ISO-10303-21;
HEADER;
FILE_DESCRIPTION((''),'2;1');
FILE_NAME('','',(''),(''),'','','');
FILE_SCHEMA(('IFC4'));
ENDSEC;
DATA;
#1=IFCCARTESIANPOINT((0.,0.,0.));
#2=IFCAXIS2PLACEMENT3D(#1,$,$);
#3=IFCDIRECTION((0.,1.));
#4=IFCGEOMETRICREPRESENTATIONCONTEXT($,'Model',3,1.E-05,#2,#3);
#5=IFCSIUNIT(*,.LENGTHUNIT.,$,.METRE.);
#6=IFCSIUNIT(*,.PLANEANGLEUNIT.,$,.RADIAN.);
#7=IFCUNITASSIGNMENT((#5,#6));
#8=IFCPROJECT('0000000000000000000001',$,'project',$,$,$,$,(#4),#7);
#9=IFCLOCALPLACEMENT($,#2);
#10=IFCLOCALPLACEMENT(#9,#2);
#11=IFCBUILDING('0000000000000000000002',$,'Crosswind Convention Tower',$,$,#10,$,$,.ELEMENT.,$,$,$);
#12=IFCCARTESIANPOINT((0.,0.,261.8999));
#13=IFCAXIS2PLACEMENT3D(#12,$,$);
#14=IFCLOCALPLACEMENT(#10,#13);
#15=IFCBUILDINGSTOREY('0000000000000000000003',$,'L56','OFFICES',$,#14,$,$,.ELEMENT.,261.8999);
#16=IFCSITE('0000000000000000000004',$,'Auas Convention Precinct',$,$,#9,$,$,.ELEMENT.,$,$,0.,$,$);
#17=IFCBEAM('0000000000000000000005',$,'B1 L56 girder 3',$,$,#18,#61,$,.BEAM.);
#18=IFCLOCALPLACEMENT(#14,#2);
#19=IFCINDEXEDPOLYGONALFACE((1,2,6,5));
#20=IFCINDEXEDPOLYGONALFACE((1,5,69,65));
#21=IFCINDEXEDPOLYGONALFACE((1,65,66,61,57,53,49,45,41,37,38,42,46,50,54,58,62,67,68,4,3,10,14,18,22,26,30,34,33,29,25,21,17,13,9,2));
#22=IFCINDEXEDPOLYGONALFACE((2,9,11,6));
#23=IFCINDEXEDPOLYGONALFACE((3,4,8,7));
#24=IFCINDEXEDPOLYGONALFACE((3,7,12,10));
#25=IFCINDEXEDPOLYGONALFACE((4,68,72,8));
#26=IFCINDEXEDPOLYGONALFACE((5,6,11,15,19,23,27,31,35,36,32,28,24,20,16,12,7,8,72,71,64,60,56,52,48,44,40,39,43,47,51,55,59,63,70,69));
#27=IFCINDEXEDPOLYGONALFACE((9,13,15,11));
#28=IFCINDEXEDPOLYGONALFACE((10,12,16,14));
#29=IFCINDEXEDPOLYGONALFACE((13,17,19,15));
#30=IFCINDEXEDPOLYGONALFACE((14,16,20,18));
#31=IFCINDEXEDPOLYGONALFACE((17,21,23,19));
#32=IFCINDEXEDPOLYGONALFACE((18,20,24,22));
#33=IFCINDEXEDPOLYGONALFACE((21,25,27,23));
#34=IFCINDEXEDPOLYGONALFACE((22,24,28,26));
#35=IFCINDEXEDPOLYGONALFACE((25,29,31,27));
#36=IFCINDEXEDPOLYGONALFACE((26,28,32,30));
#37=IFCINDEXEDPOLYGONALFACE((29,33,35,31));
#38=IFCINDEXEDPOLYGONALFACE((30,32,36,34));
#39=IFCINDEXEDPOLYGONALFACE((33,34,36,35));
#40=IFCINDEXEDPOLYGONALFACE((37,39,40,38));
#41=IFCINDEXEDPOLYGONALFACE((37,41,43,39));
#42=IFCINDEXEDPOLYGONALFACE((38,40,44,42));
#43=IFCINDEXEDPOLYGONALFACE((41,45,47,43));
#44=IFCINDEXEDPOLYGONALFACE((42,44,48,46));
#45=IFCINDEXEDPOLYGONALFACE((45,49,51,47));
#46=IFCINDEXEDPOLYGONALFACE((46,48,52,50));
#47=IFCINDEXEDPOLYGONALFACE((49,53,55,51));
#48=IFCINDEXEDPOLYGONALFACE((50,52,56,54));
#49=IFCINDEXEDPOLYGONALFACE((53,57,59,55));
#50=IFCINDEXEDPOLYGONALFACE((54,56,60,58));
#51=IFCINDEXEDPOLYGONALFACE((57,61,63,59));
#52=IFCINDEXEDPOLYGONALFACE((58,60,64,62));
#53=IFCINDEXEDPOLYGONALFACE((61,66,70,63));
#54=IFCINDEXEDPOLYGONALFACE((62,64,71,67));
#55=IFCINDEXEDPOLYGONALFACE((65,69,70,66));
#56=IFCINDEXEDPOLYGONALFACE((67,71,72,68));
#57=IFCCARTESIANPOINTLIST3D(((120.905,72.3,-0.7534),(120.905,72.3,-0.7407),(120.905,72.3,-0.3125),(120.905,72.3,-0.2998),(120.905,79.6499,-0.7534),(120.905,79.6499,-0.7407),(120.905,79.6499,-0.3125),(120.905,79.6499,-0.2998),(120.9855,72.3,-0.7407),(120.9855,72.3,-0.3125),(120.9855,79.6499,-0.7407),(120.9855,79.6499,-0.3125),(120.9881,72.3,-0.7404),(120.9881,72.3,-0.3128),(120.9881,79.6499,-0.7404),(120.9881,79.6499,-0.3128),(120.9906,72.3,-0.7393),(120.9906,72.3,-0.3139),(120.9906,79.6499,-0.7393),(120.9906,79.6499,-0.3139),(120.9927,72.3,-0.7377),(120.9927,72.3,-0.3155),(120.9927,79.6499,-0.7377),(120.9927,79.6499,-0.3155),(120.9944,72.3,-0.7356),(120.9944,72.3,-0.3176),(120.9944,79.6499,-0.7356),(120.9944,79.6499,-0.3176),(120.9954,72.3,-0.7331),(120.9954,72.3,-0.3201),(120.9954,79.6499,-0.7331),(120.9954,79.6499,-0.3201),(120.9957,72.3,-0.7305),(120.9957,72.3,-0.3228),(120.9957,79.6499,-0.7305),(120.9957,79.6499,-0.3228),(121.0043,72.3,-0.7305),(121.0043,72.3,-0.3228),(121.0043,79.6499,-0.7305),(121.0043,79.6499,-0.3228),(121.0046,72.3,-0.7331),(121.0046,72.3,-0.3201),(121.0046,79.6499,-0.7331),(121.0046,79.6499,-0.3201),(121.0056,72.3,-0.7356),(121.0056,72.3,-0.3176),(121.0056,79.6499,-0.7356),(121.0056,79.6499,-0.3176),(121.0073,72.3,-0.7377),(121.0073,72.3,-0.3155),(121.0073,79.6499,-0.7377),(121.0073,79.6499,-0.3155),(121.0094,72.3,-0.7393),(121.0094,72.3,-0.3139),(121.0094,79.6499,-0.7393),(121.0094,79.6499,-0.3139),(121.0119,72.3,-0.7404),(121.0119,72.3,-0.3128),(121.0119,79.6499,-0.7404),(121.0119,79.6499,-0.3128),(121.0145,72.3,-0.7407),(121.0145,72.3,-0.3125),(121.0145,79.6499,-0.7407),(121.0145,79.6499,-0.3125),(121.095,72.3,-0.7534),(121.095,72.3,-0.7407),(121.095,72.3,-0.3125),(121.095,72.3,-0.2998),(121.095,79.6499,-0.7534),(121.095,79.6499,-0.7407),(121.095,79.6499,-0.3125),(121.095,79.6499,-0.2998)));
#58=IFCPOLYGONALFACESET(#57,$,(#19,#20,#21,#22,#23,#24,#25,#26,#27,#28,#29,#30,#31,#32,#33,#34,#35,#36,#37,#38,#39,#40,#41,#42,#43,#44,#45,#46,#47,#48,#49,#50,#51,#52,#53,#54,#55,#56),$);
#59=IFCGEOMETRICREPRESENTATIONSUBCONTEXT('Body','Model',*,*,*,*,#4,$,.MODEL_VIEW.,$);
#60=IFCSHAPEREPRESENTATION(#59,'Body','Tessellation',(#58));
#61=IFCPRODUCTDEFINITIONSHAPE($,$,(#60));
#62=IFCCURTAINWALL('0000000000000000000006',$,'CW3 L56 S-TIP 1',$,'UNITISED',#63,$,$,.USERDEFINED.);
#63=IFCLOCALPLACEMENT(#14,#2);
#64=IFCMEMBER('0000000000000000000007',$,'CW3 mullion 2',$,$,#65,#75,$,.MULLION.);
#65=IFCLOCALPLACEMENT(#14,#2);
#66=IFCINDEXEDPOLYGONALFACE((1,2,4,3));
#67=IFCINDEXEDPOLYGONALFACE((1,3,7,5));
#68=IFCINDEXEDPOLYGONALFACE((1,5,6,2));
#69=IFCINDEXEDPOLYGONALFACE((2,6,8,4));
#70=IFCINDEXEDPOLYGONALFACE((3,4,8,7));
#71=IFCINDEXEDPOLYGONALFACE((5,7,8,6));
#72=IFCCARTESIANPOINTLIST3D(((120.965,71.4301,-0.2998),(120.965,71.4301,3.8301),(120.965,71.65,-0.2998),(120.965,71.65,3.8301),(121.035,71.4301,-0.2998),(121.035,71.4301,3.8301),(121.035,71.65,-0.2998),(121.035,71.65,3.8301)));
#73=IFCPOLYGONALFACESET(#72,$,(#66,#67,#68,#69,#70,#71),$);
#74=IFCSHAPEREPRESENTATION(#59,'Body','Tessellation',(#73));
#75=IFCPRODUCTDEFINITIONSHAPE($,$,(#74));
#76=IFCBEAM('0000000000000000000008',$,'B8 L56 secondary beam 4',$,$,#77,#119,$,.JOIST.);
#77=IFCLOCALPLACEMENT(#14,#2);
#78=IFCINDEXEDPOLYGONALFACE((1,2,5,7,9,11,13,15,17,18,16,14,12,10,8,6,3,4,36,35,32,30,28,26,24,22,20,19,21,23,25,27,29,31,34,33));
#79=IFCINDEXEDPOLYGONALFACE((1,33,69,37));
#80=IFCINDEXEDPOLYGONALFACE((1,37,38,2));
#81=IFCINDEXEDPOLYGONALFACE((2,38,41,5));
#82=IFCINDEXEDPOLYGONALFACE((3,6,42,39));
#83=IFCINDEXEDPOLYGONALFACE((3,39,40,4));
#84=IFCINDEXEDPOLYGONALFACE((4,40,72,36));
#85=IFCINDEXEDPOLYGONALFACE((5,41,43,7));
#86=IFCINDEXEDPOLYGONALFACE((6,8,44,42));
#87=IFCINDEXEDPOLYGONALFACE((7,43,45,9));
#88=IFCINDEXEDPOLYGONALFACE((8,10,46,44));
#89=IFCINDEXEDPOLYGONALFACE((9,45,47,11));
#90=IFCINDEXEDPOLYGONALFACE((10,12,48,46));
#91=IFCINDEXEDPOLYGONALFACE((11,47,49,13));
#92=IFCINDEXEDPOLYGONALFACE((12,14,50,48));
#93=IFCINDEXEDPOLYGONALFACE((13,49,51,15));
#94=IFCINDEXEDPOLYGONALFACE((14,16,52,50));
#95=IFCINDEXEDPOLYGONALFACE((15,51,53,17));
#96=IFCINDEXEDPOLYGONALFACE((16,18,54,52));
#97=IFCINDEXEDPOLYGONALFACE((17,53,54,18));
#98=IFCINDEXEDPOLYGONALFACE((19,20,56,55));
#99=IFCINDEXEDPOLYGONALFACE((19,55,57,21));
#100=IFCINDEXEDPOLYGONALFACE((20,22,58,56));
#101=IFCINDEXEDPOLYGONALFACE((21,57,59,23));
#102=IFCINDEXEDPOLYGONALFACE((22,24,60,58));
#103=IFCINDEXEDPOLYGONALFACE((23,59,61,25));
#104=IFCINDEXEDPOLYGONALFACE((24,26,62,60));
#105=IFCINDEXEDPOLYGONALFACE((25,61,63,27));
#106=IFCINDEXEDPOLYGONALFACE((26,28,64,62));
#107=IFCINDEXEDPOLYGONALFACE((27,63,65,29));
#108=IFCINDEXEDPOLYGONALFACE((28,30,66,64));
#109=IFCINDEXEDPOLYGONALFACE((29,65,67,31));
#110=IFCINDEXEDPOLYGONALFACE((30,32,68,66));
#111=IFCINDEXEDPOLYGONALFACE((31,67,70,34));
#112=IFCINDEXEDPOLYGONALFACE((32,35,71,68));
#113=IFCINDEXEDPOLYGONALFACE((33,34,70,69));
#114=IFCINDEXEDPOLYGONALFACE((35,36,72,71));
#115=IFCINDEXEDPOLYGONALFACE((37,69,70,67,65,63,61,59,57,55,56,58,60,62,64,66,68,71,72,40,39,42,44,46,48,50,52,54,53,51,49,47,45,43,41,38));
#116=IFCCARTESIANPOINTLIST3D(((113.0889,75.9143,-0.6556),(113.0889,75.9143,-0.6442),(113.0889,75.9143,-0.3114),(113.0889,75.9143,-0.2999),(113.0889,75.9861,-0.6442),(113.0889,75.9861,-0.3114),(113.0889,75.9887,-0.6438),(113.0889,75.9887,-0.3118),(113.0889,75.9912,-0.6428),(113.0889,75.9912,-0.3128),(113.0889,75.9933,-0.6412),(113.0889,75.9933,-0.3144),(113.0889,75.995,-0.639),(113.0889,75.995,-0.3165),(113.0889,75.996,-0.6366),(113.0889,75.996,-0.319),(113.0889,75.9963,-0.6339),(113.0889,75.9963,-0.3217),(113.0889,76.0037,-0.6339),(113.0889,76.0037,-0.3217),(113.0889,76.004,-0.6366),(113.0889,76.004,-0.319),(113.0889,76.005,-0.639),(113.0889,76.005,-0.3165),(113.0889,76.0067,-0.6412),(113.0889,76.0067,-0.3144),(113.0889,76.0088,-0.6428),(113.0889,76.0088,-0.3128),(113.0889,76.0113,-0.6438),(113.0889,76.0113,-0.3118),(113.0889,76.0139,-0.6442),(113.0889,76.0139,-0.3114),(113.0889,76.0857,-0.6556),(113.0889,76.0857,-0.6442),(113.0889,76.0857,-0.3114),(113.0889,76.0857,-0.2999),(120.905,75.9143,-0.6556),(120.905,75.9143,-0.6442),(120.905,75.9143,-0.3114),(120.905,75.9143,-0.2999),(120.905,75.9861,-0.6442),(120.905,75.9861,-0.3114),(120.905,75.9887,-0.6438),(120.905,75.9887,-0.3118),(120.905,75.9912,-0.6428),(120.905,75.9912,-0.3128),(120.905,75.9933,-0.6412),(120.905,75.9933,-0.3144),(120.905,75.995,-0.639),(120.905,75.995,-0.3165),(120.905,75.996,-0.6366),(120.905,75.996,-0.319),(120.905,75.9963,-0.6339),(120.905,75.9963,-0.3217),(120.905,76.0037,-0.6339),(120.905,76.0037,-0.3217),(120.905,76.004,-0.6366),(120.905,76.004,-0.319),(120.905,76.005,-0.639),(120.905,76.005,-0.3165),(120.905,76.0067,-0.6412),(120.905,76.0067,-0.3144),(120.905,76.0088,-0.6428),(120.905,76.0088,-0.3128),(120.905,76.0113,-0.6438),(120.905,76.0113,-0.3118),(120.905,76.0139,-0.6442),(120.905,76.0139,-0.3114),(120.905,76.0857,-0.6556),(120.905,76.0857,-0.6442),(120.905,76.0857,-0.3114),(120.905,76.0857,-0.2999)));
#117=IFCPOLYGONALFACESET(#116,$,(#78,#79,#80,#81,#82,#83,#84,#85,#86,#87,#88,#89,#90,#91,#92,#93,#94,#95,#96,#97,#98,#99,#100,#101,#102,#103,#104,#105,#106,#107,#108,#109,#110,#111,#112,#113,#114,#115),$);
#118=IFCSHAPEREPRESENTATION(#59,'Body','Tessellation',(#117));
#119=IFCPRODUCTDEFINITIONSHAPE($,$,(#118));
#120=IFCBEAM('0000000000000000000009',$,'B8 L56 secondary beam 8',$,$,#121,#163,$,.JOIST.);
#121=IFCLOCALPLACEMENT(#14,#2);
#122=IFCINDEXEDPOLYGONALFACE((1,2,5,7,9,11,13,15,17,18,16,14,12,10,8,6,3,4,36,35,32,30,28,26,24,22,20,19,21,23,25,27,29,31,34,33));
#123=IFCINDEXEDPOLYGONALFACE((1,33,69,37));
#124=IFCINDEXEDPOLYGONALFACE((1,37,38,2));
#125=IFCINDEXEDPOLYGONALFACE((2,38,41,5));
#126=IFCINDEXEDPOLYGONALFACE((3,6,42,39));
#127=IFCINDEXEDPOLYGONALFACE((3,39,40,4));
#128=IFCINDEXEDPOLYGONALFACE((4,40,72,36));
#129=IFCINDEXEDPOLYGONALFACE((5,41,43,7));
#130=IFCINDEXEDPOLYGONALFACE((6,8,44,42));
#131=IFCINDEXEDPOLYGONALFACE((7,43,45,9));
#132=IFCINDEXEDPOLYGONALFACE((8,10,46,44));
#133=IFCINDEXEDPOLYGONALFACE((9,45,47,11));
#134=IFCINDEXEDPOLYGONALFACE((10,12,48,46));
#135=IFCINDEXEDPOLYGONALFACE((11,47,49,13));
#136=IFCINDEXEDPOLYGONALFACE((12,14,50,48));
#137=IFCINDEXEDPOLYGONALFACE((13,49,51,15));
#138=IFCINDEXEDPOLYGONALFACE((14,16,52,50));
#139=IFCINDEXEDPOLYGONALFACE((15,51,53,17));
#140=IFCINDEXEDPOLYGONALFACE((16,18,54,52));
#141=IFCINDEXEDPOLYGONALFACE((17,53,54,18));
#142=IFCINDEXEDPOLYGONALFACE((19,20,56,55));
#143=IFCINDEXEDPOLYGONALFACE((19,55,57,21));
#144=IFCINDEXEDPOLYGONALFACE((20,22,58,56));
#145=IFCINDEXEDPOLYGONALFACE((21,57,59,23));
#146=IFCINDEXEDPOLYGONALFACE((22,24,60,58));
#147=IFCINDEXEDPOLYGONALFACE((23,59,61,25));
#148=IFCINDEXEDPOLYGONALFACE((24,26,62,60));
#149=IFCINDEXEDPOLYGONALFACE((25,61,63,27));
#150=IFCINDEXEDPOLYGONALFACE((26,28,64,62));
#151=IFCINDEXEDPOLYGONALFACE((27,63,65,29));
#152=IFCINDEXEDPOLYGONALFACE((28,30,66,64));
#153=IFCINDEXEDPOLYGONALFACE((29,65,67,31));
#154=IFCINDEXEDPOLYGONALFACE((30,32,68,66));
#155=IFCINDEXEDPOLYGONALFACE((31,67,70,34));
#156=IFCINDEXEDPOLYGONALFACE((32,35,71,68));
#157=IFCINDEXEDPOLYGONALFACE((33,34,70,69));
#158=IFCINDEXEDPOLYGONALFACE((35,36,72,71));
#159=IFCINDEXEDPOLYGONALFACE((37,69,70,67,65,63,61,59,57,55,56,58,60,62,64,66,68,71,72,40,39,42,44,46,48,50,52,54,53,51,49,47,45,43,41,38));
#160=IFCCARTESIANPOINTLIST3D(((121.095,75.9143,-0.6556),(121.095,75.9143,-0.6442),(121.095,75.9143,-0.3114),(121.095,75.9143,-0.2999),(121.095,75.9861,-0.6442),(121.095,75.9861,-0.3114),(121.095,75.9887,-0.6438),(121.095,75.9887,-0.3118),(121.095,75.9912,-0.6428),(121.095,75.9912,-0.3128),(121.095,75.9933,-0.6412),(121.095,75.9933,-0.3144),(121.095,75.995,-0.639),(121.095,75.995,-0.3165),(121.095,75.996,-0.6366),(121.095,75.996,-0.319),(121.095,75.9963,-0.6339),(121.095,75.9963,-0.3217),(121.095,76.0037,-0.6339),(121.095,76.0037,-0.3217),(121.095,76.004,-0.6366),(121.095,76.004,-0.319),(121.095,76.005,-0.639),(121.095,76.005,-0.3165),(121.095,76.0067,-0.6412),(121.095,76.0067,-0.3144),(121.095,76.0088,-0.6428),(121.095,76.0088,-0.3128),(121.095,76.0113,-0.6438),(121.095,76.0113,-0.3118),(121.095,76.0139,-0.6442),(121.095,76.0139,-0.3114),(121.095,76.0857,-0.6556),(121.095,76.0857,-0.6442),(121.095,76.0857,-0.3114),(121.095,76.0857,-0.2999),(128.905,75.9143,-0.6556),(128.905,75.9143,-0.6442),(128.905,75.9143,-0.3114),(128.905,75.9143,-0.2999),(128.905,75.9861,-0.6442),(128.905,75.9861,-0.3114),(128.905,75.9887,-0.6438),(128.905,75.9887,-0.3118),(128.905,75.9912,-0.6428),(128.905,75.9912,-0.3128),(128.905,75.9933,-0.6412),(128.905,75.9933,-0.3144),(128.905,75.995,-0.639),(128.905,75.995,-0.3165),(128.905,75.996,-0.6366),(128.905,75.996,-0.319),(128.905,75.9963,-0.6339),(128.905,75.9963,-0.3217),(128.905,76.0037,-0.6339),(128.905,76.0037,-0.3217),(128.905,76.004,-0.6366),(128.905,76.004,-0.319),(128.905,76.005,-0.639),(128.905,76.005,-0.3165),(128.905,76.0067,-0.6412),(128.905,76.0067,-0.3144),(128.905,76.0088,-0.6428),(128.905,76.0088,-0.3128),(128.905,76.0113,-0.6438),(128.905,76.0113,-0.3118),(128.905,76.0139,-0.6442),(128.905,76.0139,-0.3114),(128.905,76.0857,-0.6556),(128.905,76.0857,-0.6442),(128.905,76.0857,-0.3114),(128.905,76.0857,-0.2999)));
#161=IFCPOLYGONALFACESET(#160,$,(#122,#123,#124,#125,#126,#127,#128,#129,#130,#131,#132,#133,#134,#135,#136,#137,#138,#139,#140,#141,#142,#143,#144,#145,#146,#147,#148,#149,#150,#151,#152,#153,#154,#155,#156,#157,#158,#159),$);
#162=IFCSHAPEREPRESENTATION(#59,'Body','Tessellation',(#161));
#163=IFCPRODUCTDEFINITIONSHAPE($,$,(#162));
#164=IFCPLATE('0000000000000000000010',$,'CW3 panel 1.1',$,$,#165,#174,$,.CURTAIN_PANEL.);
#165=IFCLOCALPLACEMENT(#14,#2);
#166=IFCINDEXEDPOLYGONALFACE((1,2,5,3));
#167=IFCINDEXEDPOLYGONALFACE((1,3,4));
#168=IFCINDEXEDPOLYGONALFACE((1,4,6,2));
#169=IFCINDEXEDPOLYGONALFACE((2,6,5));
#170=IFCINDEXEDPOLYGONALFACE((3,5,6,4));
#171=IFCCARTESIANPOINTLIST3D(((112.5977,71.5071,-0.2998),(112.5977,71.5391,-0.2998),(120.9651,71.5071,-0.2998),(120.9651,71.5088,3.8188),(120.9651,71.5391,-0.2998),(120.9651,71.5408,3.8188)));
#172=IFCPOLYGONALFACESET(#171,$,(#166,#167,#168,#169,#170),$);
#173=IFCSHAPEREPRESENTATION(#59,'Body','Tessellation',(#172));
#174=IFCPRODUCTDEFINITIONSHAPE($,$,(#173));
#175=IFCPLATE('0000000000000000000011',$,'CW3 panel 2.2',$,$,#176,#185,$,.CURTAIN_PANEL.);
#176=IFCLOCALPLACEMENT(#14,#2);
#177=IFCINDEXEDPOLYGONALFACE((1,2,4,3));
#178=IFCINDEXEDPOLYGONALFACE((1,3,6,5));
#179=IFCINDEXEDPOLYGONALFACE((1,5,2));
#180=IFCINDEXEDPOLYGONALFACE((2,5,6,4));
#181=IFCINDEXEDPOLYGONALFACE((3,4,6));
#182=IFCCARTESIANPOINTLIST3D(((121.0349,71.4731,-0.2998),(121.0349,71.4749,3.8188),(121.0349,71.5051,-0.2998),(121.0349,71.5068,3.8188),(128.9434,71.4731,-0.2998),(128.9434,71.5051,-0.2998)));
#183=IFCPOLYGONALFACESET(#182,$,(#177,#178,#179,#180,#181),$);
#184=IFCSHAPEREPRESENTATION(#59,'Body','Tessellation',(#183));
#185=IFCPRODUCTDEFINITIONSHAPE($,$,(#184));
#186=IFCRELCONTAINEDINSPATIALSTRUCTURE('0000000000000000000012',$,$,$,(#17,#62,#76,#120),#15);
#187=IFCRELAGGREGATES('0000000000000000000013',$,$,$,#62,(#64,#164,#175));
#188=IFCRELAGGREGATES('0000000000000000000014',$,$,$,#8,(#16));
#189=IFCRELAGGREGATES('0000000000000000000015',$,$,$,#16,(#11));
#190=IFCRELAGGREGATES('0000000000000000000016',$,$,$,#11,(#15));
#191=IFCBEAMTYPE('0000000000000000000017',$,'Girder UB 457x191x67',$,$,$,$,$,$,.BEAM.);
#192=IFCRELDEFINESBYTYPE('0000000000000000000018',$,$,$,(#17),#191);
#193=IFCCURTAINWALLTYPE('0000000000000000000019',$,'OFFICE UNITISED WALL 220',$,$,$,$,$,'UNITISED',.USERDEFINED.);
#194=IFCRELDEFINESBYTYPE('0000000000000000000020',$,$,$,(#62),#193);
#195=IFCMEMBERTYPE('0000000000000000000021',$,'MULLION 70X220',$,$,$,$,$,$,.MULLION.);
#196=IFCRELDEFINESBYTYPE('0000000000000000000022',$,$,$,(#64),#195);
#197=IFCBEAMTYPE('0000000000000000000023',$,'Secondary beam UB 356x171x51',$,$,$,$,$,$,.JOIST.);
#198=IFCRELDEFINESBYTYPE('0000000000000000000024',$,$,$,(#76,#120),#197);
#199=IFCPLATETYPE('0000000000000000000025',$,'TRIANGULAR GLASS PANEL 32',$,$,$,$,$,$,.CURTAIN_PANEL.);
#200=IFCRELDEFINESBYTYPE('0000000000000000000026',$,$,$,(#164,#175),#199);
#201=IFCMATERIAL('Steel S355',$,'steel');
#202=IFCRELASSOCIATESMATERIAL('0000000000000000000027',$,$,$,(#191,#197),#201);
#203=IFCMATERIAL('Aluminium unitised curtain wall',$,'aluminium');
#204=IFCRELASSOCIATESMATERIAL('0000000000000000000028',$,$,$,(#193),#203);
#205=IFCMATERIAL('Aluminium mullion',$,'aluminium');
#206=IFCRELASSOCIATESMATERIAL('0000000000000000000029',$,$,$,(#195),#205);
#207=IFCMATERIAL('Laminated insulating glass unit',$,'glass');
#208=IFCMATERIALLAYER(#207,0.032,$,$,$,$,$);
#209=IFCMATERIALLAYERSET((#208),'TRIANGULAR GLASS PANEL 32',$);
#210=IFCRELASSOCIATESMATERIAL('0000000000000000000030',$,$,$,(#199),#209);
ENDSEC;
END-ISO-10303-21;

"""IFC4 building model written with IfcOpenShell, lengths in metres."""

from ifc_helpers import new_model, si_unit, direction, frame, origin, origin_2d, place, context, subcontext, project, spatial, polyline, rectangle, i_section, outline, extrude, material, layer, layer_set, material_profile, profile_set, type_object, element, aggregate, save


model = new_model("IFC4")

# Units and contexts
model_context = context("Model", 3, precision=1e-05, world=origin(), true_north=direction((0.0, 1.0)))
body_context = subcontext(model_context, "Body", "Model", "MODEL_VIEW")
ifc_project = project(units=[si_unit("LENGTHUNIT", "METRE"), si_unit("PLANEANGLEUNIT", "RADIAN")], contexts=[model_context])

# Site, building, storey
site_placement = place(None, origin())
site = spatial("IfcSite", under=ifc_project, at=site_placement, Name="Auas Convention Precinct", CompositionType="ELEMENT", RefElevation=0.0)
building_placement = place(site_placement, origin())
building = spatial("IfcBuilding", under=site, at=building_placement, Name="Crosswind Convention Tower", CompositionType="ELEMENT")
storey_placement = place(building_placement, frame((0.0, 0.0, 261.8999)))
storey = spatial("IfcBuildingStorey", under=building, at=storey_placement, Name="L56", Description="OFFICES", CompositionType="ELEMENT", Elevation=261.8999)

# Beam
ifc_material_1 = material(Name="Steel S355", Category="steel")
ifc_material_profile_1 = material_profile(ifc_material_1, i_section(OverallWidth=0.1899, OverallDepth=0.4536, WebThickness=0.0085, FlangeThickness=0.0127, FilletRadius=0.0103, at=origin_2d()), Name="UB 457x191x67")
ifc_profile_set_1 = profile_set([ifc_material_profile_1], Name="Steel S355")
beam_type_1 = type_object("IfcBeamType", Name="Girder UB 457x191x67", PredefinedType="BEAM", material=ifc_profile_set_1)
for number, where, z_axis, x_axis, name in (
    (1, (121.0, 72.3, -0.5266), (0.0, 1.0, 0.0), (-1.0, 0.0, 0.0), "B1 L56 girder 3"),
):
    element("IfcBeam", number, at=place(storey_placement, frame(where, z_axis=z_axis, x_axis=x_axis)), inside=storey, type_object=beam_type_1, Name=name, PredefinedType="BEAM", context=body_context, shape_type="SweptSolid", body=[
        extrude(i_section(OverallWidth=0.1899, OverallDepth=0.4536, WebThickness=0.0085, FlangeThickness=0.0127, FilletRadius=0.0103, at=origin_2d()), origin(), (0.0, 0.0, 1.0), 7.3499),
    ])

# Curtain wall, member
ifc_material_2 = material(Name="Aluminium unitised curtain wall", Category="aluminium")
curtain_wall_type = type_object("IfcCurtainWallType", Name="OFFICE UNITISED WALL 220", ElementType="UNITISED", PredefinedType="USERDEFINED", material=ifc_material_2)
curtain_wall_placement = place(storey_placement, origin())
curtain_wall = element("IfcCurtainWall", 2, at=curtain_wall_placement, inside=storey, type_object=curtain_wall_type, Name="CW3 L56 S-TIP 1", ObjectType="UNITISED", PredefinedType="USERDEFINED")
ifc_material_3 = material(Name="Aluminium mullion", Category="aluminium")
ifc_material_profile_2 = material_profile(ifc_material_3, rectangle(XDim=0.22, YDim=0.0701, at=origin_2d()), Name="AL 220X70")
ifc_profile_set_2 = profile_set([ifc_material_profile_2], Name="Aluminium mullion")
member_type = type_object("IfcMemberType", Name="MULLION 70X220", PredefinedType="MULLION", material=ifc_profile_set_2)
member_placement = place(storey_placement, frame((121.0, 71.54, -0.2998), z_axis=(0.0, 0.0, 1.0), x_axis=(0.0, -1.0, 0.0)))
member = element("IfcMember", 3, at=member_placement, type_object=member_type, Name="CW3 mullion 2", PredefinedType="MULLION", context=body_context, shape_type="SweptSolid", body=[
    extrude(rectangle(XDim=0.22, YDim=0.0701, at=origin_2d()), origin(), (0.0, 0.0, 1.0), 4.1299),
])

# Beams
ifc_material_profile_3 = material_profile(ifc_material_1, i_section(OverallWidth=0.1714, OverallDepth=0.3557, WebThickness=0.0073, FlangeThickness=0.0115, FilletRadius=0.0103, at=origin_2d()), Name="UB 356x171x51")
ifc_profile_set_3 = profile_set([ifc_material_profile_3], Name="Steel S355")
beam_type_2 = type_object("IfcBeamType", Name="Secondary beam UB 356x171x51", PredefinedType="JOIST", material=ifc_profile_set_3)
beam_1_placement = place(storey_placement, frame((113.0889, 76.0, -0.4778), z_axis=(1.0, 0.0, 0.0), x_axis=(0.0, 1.0, 0.0)))
element("IfcBeam", 4, at=beam_1_placement, inside=storey, type_object=beam_type_2, Name="B8 L56 secondary beam 4", PredefinedType="JOIST", context=body_context, shape_type="SweptSolid", body=[
    extrude(i_section(OverallWidth=0.1714, OverallDepth=0.3557, WebThickness=0.0073, FlangeThickness=0.0115, FilletRadius=0.0103, at=origin_2d()), origin(), (0.0, 0.0, 1.0), 7.8162),
])
beam_2_placement = place(storey_placement, frame((121.095, 76.0, -0.4778), z_axis=(1.0, 0.0, 0.0), x_axis=(0.0, 1.0, 0.0)))
element("IfcBeam", 5, at=beam_2_placement, inside=storey, type_object=beam_type_2, Name="B8 L56 secondary beam 8", PredefinedType="JOIST", context=body_context, shape_type="SweptSolid", body=[
    extrude(i_section(OverallWidth=0.1714, OverallDepth=0.3557, WebThickness=0.0073, FlangeThickness=0.0115, FilletRadius=0.0103, at=origin_2d()), origin(), (0.0, 0.0, 1.0), 7.8101),
])

# Plates
ifc_material_4 = material(Name="Laminated insulating glass unit", Category="glass")
ifc_layer_1 = layer(ifc_material_4, 0.032)
ifc_layer_set_1 = layer_set([ifc_layer_1], Name="TRIANGULAR GLASS PANEL 32")
plate_type = type_object("IfcPlateType", Name="TRIANGULAR GLASS PANEL 32", PredefinedType="CURTAIN_PANEL", material=ifc_layer_set_1)
plate_1_placement = place(storey_placement, frame((120.9651, 71.5071, -0.2998), z_axis=(0.0, -1.0, 0.000415), x_axis=(0.0, 0.000415, 1.0)))
plate_1 = element("IfcPlate", 6, at=plate_1_placement, type_object=plate_type, Name="CW3 panel 1.1", PredefinedType="CURTAIN_PANEL", context=body_context, shape_type="SweptSolid", body=[
    extrude(outline(polyline([(0.0, 0.0), (4.1187, 0.0), (0.0, 8.3674), (0.0, 0.0)])), origin(), (0.0, 0.0, -1.0), 0.032),
])
plate_2_placement = place(storey_placement, frame((121.0349, 71.4731, -0.2998), z_axis=(0.0, -1.0, 0.000415), x_axis=(1.0, 0.0, 0.0)))
plate_2 = element("IfcPlate", 7, at=plate_2_placement, type_object=plate_type, Name="CW3 panel 2.2", PredefinedType="CURTAIN_PANEL", context=body_context, shape_type="SweptSolid", body=[
    extrude(outline(polyline([(0.0, 0.0), (7.9084, 0.0), (0.0, 4.1187), (0.0, 0.0)])), origin(), (0.0, 0.0, -1.0), 0.032),
])
aggregate(curtain_wall, [member, plate_1, plate_2])

save(model, "model.ifc")
